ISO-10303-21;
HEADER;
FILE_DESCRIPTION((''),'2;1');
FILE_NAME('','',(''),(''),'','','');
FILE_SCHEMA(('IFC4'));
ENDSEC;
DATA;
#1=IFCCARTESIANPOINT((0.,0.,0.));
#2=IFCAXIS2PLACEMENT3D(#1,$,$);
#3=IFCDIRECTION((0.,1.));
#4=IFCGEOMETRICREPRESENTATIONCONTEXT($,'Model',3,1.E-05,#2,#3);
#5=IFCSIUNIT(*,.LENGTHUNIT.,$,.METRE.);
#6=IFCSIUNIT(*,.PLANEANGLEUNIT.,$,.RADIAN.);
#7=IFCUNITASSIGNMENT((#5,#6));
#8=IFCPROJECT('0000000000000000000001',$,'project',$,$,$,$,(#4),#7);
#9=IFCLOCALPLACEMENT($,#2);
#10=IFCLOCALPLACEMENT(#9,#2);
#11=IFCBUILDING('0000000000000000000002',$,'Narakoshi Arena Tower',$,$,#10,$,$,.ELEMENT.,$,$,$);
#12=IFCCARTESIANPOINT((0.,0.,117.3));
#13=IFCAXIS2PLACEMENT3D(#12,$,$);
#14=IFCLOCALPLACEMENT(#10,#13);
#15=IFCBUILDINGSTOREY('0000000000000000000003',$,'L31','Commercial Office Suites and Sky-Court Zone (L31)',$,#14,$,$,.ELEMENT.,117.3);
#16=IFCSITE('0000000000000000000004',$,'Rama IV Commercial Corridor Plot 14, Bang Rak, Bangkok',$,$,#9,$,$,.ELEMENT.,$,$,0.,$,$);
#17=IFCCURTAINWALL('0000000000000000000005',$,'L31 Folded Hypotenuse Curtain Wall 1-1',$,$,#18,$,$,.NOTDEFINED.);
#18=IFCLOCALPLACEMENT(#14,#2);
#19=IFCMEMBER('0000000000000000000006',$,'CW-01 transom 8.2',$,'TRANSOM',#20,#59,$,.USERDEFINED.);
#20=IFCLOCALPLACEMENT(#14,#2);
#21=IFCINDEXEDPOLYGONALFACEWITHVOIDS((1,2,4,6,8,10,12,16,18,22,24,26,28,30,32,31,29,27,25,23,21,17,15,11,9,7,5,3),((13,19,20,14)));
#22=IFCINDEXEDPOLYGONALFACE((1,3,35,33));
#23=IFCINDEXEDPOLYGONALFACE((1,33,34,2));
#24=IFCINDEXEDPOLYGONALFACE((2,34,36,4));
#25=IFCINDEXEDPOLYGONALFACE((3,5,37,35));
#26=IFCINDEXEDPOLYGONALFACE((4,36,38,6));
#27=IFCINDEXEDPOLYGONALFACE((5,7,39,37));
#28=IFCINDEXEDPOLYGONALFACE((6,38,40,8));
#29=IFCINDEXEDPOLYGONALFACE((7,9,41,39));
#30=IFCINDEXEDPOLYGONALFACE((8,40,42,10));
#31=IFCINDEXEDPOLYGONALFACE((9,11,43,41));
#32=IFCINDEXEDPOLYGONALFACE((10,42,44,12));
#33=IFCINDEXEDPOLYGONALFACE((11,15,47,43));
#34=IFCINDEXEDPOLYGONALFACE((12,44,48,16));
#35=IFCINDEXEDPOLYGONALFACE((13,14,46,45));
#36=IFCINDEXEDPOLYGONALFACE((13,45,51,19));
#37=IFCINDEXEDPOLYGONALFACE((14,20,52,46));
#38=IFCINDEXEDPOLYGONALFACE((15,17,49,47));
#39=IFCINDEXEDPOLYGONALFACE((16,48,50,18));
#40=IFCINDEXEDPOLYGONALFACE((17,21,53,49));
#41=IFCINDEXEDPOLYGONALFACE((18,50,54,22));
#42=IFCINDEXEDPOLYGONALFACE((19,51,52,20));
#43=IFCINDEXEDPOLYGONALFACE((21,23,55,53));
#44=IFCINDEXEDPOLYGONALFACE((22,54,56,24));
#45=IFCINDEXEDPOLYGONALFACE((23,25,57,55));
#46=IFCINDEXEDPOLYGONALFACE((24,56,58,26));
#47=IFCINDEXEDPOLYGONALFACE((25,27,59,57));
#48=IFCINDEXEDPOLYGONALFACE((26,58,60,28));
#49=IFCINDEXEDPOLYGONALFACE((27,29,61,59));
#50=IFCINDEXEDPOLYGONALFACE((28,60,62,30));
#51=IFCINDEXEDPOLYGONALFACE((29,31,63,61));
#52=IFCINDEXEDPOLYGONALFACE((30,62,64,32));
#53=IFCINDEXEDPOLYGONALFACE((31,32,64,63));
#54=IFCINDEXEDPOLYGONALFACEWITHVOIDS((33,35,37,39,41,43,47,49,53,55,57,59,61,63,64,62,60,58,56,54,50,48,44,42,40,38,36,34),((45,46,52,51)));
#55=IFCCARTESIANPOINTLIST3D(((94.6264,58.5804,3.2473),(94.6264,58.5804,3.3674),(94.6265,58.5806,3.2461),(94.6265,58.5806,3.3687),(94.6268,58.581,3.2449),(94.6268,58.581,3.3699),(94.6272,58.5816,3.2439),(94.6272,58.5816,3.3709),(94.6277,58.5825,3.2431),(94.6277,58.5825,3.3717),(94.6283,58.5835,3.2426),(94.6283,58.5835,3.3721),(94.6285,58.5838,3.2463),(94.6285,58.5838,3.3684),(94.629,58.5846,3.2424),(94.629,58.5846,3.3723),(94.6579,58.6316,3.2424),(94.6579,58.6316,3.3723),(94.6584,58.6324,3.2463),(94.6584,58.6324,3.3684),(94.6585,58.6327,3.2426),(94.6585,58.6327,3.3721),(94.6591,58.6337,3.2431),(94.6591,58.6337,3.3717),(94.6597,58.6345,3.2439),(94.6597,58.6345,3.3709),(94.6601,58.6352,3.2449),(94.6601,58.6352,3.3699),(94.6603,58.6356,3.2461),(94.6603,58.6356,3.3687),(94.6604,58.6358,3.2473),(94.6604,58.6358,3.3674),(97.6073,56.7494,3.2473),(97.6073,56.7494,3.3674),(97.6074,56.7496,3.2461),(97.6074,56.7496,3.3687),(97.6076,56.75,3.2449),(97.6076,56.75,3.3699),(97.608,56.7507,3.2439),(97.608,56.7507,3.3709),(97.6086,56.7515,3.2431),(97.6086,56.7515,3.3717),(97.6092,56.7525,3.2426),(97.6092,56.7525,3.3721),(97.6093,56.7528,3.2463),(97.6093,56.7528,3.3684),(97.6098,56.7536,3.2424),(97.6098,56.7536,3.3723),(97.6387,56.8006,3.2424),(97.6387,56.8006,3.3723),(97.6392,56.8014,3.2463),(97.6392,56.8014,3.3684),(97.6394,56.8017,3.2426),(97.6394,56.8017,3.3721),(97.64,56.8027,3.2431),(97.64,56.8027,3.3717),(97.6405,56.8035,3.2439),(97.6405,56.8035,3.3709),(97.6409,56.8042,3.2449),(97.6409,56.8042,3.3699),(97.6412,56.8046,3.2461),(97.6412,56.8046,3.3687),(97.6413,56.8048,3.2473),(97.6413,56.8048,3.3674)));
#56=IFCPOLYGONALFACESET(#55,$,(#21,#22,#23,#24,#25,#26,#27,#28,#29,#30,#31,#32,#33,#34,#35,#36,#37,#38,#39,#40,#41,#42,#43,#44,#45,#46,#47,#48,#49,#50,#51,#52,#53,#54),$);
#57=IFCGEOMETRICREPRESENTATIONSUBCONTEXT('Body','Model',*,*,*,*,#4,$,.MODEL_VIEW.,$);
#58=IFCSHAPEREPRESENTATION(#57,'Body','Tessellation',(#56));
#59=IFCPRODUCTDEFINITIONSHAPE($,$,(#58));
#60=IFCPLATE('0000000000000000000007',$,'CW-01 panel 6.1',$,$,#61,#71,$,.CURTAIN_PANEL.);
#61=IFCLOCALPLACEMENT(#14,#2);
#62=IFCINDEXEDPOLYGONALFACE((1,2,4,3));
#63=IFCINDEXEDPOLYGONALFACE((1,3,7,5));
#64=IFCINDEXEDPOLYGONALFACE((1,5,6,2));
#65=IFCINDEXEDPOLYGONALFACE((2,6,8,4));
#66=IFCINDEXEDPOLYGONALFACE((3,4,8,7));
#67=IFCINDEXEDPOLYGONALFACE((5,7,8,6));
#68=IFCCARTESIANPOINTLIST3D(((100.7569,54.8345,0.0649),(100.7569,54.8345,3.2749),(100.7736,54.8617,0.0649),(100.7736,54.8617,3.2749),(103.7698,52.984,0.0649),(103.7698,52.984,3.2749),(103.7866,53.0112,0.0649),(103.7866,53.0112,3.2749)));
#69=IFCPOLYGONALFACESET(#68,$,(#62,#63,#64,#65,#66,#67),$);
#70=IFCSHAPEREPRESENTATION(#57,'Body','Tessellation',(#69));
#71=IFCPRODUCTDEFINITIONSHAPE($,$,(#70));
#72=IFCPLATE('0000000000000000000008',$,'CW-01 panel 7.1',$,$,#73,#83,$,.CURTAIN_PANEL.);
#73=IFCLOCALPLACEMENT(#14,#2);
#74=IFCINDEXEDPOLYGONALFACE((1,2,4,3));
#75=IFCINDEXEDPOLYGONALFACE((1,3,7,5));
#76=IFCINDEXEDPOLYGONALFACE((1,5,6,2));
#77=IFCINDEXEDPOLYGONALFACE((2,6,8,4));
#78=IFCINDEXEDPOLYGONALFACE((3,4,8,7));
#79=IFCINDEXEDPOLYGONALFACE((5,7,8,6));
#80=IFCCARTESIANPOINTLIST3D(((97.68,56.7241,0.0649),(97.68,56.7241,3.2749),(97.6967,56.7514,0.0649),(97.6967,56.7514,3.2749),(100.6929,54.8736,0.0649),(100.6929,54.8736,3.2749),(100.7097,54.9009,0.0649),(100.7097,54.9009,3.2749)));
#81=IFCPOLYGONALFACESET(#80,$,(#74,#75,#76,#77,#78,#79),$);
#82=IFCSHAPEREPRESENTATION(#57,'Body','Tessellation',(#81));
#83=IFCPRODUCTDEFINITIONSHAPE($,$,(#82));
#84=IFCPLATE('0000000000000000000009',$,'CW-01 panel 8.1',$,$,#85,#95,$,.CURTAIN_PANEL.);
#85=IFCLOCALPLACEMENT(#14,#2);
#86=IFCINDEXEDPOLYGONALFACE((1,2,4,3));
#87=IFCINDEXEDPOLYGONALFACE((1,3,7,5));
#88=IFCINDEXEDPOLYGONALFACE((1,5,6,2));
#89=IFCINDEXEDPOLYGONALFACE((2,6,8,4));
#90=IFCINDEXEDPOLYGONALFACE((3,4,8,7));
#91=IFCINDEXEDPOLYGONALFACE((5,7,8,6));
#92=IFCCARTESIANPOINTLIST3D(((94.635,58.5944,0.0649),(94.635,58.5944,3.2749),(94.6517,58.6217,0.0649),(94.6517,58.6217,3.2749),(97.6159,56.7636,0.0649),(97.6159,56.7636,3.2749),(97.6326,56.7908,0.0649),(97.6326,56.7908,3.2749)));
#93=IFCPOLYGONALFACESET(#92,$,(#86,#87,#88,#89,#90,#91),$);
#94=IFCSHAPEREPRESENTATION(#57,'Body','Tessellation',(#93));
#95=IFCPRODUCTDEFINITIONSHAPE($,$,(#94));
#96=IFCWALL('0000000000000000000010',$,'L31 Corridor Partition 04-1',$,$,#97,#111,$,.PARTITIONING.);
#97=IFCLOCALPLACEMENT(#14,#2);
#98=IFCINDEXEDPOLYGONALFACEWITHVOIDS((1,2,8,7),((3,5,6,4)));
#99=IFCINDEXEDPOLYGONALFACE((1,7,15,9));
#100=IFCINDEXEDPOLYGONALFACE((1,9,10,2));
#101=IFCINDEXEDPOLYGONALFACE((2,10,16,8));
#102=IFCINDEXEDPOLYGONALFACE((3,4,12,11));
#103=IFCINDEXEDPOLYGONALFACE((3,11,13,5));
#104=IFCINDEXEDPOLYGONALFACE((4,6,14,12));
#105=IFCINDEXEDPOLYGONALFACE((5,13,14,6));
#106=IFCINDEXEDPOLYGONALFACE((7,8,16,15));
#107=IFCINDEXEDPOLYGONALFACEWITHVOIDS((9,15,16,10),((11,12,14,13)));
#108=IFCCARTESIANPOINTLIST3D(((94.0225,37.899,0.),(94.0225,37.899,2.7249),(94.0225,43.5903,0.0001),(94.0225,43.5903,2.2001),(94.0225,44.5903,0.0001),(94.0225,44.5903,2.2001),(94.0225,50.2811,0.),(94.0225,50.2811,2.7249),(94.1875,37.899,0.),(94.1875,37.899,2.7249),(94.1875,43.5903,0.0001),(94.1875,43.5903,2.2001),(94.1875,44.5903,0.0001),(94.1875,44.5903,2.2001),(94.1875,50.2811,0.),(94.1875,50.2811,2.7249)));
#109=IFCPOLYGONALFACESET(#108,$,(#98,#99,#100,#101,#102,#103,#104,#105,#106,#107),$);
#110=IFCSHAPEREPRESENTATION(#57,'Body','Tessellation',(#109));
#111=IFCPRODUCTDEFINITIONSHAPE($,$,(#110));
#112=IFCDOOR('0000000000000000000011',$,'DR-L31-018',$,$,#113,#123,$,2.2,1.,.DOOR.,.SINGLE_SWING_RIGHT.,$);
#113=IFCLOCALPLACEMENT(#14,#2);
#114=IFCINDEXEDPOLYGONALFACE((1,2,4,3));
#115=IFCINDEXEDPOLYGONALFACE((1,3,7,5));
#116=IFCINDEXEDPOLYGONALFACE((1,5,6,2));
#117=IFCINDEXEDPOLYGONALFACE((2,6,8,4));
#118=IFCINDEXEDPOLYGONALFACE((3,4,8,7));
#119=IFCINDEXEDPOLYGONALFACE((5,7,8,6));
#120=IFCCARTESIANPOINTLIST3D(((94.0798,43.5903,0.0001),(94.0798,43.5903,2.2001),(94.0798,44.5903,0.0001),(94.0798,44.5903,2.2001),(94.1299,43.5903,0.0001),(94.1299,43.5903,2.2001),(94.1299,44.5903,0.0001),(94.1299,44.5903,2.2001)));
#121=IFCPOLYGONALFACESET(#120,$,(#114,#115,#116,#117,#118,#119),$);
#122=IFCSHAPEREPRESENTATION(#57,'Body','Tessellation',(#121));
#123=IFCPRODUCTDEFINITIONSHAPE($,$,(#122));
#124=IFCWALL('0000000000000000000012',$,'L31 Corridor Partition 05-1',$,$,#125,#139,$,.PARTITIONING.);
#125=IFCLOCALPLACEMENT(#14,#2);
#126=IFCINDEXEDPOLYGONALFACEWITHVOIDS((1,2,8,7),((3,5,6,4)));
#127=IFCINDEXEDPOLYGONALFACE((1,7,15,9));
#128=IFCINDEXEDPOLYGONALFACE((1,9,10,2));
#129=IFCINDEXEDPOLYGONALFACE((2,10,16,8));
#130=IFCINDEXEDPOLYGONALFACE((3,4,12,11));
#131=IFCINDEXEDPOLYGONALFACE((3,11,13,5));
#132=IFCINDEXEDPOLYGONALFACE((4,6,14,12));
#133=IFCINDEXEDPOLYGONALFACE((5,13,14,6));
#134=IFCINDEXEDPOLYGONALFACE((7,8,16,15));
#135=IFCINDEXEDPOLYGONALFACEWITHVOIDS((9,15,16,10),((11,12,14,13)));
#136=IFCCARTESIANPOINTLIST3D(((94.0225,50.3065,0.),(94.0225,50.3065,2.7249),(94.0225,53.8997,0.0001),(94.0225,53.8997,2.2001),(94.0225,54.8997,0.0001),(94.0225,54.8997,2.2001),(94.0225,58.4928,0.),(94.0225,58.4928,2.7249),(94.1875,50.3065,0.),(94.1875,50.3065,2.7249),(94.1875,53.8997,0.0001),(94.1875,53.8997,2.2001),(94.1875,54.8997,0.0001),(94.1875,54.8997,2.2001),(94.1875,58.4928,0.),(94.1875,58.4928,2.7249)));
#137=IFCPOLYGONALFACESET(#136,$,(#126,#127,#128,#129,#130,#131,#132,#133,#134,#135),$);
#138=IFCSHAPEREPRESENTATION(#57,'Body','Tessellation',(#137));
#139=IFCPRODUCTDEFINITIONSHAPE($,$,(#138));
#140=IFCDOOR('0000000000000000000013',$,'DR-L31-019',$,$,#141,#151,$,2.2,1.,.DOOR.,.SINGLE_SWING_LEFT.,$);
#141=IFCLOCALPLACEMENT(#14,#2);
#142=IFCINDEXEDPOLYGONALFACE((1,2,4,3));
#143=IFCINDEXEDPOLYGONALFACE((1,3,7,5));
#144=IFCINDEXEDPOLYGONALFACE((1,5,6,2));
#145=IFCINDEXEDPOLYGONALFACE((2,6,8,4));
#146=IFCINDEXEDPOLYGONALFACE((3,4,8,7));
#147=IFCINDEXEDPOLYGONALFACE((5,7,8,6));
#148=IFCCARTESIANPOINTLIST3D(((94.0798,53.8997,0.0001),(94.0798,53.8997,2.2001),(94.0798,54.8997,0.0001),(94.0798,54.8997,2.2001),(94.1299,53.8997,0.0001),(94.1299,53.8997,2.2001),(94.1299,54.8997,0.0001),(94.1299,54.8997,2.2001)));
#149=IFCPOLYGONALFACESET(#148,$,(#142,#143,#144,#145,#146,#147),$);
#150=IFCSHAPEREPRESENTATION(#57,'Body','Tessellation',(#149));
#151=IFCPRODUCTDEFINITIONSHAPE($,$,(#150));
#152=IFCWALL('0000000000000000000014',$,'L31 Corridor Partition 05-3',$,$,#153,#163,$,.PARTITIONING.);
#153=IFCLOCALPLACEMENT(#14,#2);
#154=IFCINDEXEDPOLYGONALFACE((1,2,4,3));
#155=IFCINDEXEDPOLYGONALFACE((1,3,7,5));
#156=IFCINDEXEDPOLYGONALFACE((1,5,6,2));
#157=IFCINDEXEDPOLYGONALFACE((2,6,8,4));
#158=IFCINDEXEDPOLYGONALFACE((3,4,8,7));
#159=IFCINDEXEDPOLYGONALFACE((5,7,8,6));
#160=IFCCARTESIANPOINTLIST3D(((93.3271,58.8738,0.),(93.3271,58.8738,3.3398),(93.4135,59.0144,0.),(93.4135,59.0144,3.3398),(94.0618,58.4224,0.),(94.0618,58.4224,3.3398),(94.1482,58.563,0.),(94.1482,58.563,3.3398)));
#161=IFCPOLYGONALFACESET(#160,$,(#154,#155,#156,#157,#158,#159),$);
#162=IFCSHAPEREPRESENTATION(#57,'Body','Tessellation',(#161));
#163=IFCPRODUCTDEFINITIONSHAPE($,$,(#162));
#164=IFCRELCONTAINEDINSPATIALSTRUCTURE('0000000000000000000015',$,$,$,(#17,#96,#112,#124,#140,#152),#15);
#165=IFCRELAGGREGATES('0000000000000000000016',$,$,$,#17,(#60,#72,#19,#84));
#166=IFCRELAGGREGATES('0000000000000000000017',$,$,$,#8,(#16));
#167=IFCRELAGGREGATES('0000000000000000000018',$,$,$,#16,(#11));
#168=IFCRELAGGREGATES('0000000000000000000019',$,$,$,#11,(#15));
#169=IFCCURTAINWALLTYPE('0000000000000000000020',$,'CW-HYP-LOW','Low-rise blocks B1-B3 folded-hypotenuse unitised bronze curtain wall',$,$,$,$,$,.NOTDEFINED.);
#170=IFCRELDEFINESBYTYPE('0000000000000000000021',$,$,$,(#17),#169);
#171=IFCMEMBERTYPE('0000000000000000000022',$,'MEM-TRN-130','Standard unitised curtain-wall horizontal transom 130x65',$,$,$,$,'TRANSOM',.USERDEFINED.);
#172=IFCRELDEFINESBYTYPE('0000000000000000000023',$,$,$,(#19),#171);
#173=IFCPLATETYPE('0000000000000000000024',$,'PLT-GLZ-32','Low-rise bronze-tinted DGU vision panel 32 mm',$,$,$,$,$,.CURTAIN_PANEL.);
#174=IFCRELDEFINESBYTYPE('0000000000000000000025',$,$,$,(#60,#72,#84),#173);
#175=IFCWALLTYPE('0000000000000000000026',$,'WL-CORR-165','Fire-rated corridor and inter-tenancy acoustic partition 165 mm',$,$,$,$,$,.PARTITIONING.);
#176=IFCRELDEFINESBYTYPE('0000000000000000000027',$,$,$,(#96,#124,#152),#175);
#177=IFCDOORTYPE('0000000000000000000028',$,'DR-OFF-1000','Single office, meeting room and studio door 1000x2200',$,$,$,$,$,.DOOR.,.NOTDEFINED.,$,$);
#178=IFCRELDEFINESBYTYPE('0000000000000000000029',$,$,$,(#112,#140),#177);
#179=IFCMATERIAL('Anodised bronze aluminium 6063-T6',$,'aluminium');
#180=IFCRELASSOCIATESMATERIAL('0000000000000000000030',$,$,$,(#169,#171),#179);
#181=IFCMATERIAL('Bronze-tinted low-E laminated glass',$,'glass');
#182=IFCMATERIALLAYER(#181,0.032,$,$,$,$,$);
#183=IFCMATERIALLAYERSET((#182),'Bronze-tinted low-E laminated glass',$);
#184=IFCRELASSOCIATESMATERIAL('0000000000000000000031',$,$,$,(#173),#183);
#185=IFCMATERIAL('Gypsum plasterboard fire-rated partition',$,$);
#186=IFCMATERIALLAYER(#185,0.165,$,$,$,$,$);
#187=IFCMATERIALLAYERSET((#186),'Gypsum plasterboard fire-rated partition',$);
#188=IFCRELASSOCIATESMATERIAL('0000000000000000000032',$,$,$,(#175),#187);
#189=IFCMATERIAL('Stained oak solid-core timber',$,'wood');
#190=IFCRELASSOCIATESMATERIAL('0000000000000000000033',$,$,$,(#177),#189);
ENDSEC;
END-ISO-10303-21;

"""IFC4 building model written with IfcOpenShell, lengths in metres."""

from ifc_helpers import new_model, si_unit, direction, frame, frame_2d, origin, origin_2d, place, context, subcontext, project, spatial, rectangle, hollow_rectangle, extrude, material, layer, layer_set, material_profile, profile_set, type_object, element, fill, aggregate, save


model = new_model("IFC4")

# Units and contexts
model_context = context("Model", 3, precision=1e-05, world=origin(), true_north=direction((0.0, 1.0)))
body_context = subcontext(model_context, "Body", "Model", "MODEL_VIEW")
ifc_project = project(units=[si_unit("LENGTHUNIT", "METRE"), si_unit("PLANEANGLEUNIT", "RADIAN")], contexts=[model_context])

# Site, building, storey
site_placement = place(None, origin())
site = spatial("IfcSite", under=ifc_project, at=site_placement, Name="Rama IV Commercial Corridor Plot 14, Bang Rak, Bangkok", CompositionType="ELEMENT", RefElevation=0.0)
building_placement = place(site_placement, origin())
building = spatial("IfcBuilding", under=site, at=building_placement, Name="Narakoshi Arena Tower", CompositionType="ELEMENT")
storey_placement = place(building_placement, frame((0.0, 0.0, 117.3)))
storey = spatial("IfcBuildingStorey", under=building, at=storey_placement, Name="L31", Description="Commercial Office Suites and Sky-Court Zone (L31)", CompositionType="ELEMENT", Elevation=117.3)

# Curtain wall, member, plates
ifc_material_1 = material(Name="Anodised bronze aluminium 6063-T6", Category="aluminium")
curtain_wall_type = type_object("IfcCurtainWallType", Name="CW-HYP-LOW", Description="Low-rise blocks B1-B3 folded-hypotenuse unitised bronze curtain wall", PredefinedType="NOTDEFINED", material=ifc_material_1)
curtain_wall_placement = place(storey_placement, origin())
curtain_wall = element("IfcCurtainWall", 1, at=curtain_wall_placement, inside=storey, type_object=curtain_wall_type, Name="L31 Folded Hypotenuse Curtain Wall 1-1", PredefinedType="NOTDEFINED")
ifc_material_profile_1 = material_profile(ifc_material_1, hollow_rectangle(XDim=0.0649, YDim=0.1299, WallThickness=0.0039, OuterFilletRadius=0.0049, at=origin_2d()), Name="TRN130x65x4")
ifc_profile_set_1 = profile_set([ifc_material_profile_1], Name="Anodised bronze aluminium 6063-T6")
member_type_1 = type_object("IfcMemberType", Name="MEM-TRN-130", Description="Standard unitised curtain-wall horizontal transom 130x65", ElementType="TRANSOM", PredefinedType="USERDEFINED", material=ifc_profile_set_1)
member_1_placement = place(storey_placement, frame((97.6243, 56.7771, 3.3074), z_axis=(-0.852089, 0.523396, 0.0), x_axis=(-0.523396, -0.852089, 0.0)))
member_1 = element("IfcMember", 2, at=member_1_placement, type_object=member_type_1, Name="CW-01 transom 8.2", ObjectType="TRANSOM", PredefinedType="USERDEFINED", context=body_context, shape_type="SweptSolid", body=[
    extrude(hollow_rectangle(XDim=0.0649, YDim=0.1299, WallThickness=0.0039, OuterFilletRadius=0.0049, at=origin_2d()), origin(), (0.0, 0.0, 1.0), 3.4983),
])
ifc_material_2 = material(Name="Bronze-tinted low-E laminated glass", Category="glass")
ifc_layer_1 = layer(ifc_material_2, 0.032)
ifc_layer_set_1 = layer_set([ifc_layer_1], Name="Bronze-tinted low-E laminated glass")
plate_type = type_object("IfcPlateType", Name="PLT-GLZ-32", Description="Low-rise bronze-tinted DGU vision panel 32 mm", PredefinedType="CURTAIN_PANEL", material=ifc_layer_set_1)
plate_1_placement = place(storey_placement, frame((102.2717, 53.9229, 0.0649), z_axis=(0.0, 0.0, 1.0), x_axis=(-0.852113, 0.523358, 0.0)))
plate_1 = element("IfcPlate", 3, at=plate_1_placement, type_object=plate_type, Name="CW-01 panel 6.1", PredefinedType="CURTAIN_PANEL", context=body_context, shape_type="SweptSolid", body=[
    extrude(rectangle(XDim=3.5359, YDim=0.032, at=origin_2d()), origin(), (0.0, 0.0, 1.0), 3.21),
])
plate_2_placement = place(storey_placement, frame((99.1948, 55.8125, 0.0649), z_axis=(0.0, 0.0, 1.0), x_axis=(-0.852113, 0.523358, 0.0)))
plate_2 = element("IfcPlate", 4, at=plate_2_placement, type_object=plate_type, Name="CW-01 panel 7.1", PredefinedType="CURTAIN_PANEL", context=body_context, shape_type="SweptSolid", body=[
    extrude(rectangle(XDim=3.5359, YDim=0.032, at=origin_2d()), origin(), (0.0, 0.0, 1.0), 3.21),
])
plate_3_placement = place(storey_placement, frame((96.1338, 57.6926, 0.0649), z_axis=(0.0, 0.0, 1.0), x_axis=(-0.852113, 0.523358, 0.0)))
plate_3 = element("IfcPlate", 5, at=plate_3_placement, type_object=plate_type, Name="CW-01 panel 8.1", PredefinedType="CURTAIN_PANEL", context=body_context, shape_type="SweptSolid", body=[
    extrude(rectangle(XDim=3.4983, YDim=0.032, at=origin_2d()), origin(), (0.0, 0.0, 1.0), 3.21),
])
aggregate(curtain_wall, [plate_1, plate_2, member_1, plate_3])

# Walls, openings, doors
ifc_material_3 = material(Name="Gypsum plasterboard fire-rated partition")
ifc_layer_2 = layer(ifc_material_3, 0.165)
ifc_layer_set_2 = layer_set([ifc_layer_2], Name="Gypsum plasterboard fire-rated partition")
wall_type_1 = type_object("IfcWallType", Name="WL-CORR-165", Description="Fire-rated corridor and inter-tenancy acoustic partition 165 mm", PredefinedType="PARTITIONING", material=ifc_layer_set_2)
wall_1_placement = place(storey_placement, frame((94.105, 37.8992, 0.0), z_axis=(0.0, 0.0, 1.0), x_axis=(0.0, 1.0, 0.0)))
wall_1 = element("IfcWall", 6, at=wall_1_placement, inside=storey, type_object=wall_type_1, Name="L31 Corridor Partition 04-1", PredefinedType="PARTITIONING", context=body_context, shape_type="SweptSolid", body=[
    extrude(rectangle(XDim=12.3821, YDim=0.165, at=frame_2d((6.1909, 0.0))), origin(), (0.0, 0.0, 1.0), 2.7249),
])
opening_1_placement = place(wall_1_placement, frame((5.6912, 0.0, 0.0)))
opening_1 = element("IfcOpeningElement", 7, at=opening_1_placement, cuts=wall_1, PredefinedType="OPENING", context=body_context, shape_type="SweptSolid", body=[
    extrude(rectangle(XDim=1.0, YDim=2.2, at=frame_2d((0.5, 1.1001))), frame((0.0, 0.0925, 0.0), z_axis=(0.0, -1.0, 0.0), x_axis=(1.0, 0.0, 0.0)), (0.0, 0.0, 1.0), 0.1851),
])
ifc_material_4 = material(Name="Stained oak solid-core timber", Category="wood")
door_type = type_object("IfcDoorType", Name="DR-OFF-1000", Description="Single office, meeting room and studio door 1000x2200", OperationType="NOTDEFINED", PredefinedType="DOOR", material=ifc_material_4)
door_1_placement = place(opening_1_placement, frame((1.0, 0.0, 0.0), z_axis=(0.0, 0.0, 1.0), x_axis=(-1.0, 0.0, 0.0)))
door_1 = element("IfcDoor", 8, at=door_1_placement, inside=storey, type_object=door_type, Name="DR-L31-018", OperationType="SINGLE_SWING_RIGHT", OverallHeight=2.2, OverallWidth=1.0, PredefinedType="DOOR", context=body_context, shape_type="SweptSolid", body=[
    extrude(rectangle(XDim=1.0, YDim=2.2, at=frame_2d((0.5, 1.1001))), frame((0.0, 0.0249, 0.0), z_axis=(0.0, -1.0, 0.0), x_axis=(1.0, 0.0, 0.0)), (0.0, 0.0, 1.0), 0.05),
])
fill(opening_1, door_1)
wall_2_placement = place(storey_placement, frame((94.105, 50.3064, 0.0), z_axis=(0.0, 0.0, 1.0), x_axis=(0.0, 1.0, 0.0)))
wall_2 = element("IfcWall", 9, at=wall_2_placement, inside=storey, type_object=wall_type_1, Name="L31 Corridor Partition 05-1", PredefinedType="PARTITIONING", context=body_context, shape_type="SweptSolid", body=[
    extrude(rectangle(XDim=8.1863, YDim=0.165, at=frame_2d((4.0933, 0.0))), origin(), (0.0, 0.0, 1.0), 2.7249),
])
opening_2_placement = place(wall_2_placement, frame((3.5933, 0.0, 0.0)))
opening_2 = element("IfcOpeningElement", 10, at=opening_2_placement, cuts=wall_2, PredefinedType="OPENING", context=body_context, shape_type="SweptSolid", body=[
    extrude(rectangle(XDim=1.0, YDim=2.2, at=frame_2d((0.5, 1.1001))), frame((0.0, 0.0925, 0.0), z_axis=(0.0, -1.0, 0.0), x_axis=(1.0, 0.0, 0.0)), (0.0, 0.0, 1.0), 0.1851),
])
door_2_placement = place(opening_2_placement, frame((1.0, 0.0, 0.0), z_axis=(0.0, 0.0, 1.0), x_axis=(-1.0, 0.0, 0.0)))
door_2 = element("IfcDoor", 11, at=door_2_placement, inside=storey, type_object=door_type, Name="DR-L31-019", OperationType="SINGLE_SWING_LEFT", OverallHeight=2.2, OverallWidth=1.0, PredefinedType="DOOR", context=body_context, shape_type="SweptSolid", body=[
    extrude(rectangle(XDim=1.0, YDim=2.2, at=frame_2d((0.5, 1.1001))), frame((0.0, 0.0249, 0.0), z_axis=(0.0, -1.0, 0.0), x_axis=(1.0, 0.0, 0.0)), (0.0, 0.0, 1.0), 0.05),
])
fill(opening_2, door_2)

# Wall
wall_3_placement = place(storey_placement, frame((94.105, 58.4927, 0.0), z_axis=(0.0, 0.0, 1.0), x_axis=(-0.851998, 0.523544, 0.0)))
element("IfcWall", 12, at=wall_3_placement, inside=storey, type_object=wall_type_1, Name="L31 Corridor Partition 05-3", PredefinedType="PARTITIONING", context=body_context, shape_type="SweptSolid", body=[
    extrude(rectangle(XDim=0.8623, YDim=0.165, at=frame_2d((0.4312, 0.0))), origin(), (0.0, 0.0, 1.0), 3.3398),
])

save(model, "model.ifc")
